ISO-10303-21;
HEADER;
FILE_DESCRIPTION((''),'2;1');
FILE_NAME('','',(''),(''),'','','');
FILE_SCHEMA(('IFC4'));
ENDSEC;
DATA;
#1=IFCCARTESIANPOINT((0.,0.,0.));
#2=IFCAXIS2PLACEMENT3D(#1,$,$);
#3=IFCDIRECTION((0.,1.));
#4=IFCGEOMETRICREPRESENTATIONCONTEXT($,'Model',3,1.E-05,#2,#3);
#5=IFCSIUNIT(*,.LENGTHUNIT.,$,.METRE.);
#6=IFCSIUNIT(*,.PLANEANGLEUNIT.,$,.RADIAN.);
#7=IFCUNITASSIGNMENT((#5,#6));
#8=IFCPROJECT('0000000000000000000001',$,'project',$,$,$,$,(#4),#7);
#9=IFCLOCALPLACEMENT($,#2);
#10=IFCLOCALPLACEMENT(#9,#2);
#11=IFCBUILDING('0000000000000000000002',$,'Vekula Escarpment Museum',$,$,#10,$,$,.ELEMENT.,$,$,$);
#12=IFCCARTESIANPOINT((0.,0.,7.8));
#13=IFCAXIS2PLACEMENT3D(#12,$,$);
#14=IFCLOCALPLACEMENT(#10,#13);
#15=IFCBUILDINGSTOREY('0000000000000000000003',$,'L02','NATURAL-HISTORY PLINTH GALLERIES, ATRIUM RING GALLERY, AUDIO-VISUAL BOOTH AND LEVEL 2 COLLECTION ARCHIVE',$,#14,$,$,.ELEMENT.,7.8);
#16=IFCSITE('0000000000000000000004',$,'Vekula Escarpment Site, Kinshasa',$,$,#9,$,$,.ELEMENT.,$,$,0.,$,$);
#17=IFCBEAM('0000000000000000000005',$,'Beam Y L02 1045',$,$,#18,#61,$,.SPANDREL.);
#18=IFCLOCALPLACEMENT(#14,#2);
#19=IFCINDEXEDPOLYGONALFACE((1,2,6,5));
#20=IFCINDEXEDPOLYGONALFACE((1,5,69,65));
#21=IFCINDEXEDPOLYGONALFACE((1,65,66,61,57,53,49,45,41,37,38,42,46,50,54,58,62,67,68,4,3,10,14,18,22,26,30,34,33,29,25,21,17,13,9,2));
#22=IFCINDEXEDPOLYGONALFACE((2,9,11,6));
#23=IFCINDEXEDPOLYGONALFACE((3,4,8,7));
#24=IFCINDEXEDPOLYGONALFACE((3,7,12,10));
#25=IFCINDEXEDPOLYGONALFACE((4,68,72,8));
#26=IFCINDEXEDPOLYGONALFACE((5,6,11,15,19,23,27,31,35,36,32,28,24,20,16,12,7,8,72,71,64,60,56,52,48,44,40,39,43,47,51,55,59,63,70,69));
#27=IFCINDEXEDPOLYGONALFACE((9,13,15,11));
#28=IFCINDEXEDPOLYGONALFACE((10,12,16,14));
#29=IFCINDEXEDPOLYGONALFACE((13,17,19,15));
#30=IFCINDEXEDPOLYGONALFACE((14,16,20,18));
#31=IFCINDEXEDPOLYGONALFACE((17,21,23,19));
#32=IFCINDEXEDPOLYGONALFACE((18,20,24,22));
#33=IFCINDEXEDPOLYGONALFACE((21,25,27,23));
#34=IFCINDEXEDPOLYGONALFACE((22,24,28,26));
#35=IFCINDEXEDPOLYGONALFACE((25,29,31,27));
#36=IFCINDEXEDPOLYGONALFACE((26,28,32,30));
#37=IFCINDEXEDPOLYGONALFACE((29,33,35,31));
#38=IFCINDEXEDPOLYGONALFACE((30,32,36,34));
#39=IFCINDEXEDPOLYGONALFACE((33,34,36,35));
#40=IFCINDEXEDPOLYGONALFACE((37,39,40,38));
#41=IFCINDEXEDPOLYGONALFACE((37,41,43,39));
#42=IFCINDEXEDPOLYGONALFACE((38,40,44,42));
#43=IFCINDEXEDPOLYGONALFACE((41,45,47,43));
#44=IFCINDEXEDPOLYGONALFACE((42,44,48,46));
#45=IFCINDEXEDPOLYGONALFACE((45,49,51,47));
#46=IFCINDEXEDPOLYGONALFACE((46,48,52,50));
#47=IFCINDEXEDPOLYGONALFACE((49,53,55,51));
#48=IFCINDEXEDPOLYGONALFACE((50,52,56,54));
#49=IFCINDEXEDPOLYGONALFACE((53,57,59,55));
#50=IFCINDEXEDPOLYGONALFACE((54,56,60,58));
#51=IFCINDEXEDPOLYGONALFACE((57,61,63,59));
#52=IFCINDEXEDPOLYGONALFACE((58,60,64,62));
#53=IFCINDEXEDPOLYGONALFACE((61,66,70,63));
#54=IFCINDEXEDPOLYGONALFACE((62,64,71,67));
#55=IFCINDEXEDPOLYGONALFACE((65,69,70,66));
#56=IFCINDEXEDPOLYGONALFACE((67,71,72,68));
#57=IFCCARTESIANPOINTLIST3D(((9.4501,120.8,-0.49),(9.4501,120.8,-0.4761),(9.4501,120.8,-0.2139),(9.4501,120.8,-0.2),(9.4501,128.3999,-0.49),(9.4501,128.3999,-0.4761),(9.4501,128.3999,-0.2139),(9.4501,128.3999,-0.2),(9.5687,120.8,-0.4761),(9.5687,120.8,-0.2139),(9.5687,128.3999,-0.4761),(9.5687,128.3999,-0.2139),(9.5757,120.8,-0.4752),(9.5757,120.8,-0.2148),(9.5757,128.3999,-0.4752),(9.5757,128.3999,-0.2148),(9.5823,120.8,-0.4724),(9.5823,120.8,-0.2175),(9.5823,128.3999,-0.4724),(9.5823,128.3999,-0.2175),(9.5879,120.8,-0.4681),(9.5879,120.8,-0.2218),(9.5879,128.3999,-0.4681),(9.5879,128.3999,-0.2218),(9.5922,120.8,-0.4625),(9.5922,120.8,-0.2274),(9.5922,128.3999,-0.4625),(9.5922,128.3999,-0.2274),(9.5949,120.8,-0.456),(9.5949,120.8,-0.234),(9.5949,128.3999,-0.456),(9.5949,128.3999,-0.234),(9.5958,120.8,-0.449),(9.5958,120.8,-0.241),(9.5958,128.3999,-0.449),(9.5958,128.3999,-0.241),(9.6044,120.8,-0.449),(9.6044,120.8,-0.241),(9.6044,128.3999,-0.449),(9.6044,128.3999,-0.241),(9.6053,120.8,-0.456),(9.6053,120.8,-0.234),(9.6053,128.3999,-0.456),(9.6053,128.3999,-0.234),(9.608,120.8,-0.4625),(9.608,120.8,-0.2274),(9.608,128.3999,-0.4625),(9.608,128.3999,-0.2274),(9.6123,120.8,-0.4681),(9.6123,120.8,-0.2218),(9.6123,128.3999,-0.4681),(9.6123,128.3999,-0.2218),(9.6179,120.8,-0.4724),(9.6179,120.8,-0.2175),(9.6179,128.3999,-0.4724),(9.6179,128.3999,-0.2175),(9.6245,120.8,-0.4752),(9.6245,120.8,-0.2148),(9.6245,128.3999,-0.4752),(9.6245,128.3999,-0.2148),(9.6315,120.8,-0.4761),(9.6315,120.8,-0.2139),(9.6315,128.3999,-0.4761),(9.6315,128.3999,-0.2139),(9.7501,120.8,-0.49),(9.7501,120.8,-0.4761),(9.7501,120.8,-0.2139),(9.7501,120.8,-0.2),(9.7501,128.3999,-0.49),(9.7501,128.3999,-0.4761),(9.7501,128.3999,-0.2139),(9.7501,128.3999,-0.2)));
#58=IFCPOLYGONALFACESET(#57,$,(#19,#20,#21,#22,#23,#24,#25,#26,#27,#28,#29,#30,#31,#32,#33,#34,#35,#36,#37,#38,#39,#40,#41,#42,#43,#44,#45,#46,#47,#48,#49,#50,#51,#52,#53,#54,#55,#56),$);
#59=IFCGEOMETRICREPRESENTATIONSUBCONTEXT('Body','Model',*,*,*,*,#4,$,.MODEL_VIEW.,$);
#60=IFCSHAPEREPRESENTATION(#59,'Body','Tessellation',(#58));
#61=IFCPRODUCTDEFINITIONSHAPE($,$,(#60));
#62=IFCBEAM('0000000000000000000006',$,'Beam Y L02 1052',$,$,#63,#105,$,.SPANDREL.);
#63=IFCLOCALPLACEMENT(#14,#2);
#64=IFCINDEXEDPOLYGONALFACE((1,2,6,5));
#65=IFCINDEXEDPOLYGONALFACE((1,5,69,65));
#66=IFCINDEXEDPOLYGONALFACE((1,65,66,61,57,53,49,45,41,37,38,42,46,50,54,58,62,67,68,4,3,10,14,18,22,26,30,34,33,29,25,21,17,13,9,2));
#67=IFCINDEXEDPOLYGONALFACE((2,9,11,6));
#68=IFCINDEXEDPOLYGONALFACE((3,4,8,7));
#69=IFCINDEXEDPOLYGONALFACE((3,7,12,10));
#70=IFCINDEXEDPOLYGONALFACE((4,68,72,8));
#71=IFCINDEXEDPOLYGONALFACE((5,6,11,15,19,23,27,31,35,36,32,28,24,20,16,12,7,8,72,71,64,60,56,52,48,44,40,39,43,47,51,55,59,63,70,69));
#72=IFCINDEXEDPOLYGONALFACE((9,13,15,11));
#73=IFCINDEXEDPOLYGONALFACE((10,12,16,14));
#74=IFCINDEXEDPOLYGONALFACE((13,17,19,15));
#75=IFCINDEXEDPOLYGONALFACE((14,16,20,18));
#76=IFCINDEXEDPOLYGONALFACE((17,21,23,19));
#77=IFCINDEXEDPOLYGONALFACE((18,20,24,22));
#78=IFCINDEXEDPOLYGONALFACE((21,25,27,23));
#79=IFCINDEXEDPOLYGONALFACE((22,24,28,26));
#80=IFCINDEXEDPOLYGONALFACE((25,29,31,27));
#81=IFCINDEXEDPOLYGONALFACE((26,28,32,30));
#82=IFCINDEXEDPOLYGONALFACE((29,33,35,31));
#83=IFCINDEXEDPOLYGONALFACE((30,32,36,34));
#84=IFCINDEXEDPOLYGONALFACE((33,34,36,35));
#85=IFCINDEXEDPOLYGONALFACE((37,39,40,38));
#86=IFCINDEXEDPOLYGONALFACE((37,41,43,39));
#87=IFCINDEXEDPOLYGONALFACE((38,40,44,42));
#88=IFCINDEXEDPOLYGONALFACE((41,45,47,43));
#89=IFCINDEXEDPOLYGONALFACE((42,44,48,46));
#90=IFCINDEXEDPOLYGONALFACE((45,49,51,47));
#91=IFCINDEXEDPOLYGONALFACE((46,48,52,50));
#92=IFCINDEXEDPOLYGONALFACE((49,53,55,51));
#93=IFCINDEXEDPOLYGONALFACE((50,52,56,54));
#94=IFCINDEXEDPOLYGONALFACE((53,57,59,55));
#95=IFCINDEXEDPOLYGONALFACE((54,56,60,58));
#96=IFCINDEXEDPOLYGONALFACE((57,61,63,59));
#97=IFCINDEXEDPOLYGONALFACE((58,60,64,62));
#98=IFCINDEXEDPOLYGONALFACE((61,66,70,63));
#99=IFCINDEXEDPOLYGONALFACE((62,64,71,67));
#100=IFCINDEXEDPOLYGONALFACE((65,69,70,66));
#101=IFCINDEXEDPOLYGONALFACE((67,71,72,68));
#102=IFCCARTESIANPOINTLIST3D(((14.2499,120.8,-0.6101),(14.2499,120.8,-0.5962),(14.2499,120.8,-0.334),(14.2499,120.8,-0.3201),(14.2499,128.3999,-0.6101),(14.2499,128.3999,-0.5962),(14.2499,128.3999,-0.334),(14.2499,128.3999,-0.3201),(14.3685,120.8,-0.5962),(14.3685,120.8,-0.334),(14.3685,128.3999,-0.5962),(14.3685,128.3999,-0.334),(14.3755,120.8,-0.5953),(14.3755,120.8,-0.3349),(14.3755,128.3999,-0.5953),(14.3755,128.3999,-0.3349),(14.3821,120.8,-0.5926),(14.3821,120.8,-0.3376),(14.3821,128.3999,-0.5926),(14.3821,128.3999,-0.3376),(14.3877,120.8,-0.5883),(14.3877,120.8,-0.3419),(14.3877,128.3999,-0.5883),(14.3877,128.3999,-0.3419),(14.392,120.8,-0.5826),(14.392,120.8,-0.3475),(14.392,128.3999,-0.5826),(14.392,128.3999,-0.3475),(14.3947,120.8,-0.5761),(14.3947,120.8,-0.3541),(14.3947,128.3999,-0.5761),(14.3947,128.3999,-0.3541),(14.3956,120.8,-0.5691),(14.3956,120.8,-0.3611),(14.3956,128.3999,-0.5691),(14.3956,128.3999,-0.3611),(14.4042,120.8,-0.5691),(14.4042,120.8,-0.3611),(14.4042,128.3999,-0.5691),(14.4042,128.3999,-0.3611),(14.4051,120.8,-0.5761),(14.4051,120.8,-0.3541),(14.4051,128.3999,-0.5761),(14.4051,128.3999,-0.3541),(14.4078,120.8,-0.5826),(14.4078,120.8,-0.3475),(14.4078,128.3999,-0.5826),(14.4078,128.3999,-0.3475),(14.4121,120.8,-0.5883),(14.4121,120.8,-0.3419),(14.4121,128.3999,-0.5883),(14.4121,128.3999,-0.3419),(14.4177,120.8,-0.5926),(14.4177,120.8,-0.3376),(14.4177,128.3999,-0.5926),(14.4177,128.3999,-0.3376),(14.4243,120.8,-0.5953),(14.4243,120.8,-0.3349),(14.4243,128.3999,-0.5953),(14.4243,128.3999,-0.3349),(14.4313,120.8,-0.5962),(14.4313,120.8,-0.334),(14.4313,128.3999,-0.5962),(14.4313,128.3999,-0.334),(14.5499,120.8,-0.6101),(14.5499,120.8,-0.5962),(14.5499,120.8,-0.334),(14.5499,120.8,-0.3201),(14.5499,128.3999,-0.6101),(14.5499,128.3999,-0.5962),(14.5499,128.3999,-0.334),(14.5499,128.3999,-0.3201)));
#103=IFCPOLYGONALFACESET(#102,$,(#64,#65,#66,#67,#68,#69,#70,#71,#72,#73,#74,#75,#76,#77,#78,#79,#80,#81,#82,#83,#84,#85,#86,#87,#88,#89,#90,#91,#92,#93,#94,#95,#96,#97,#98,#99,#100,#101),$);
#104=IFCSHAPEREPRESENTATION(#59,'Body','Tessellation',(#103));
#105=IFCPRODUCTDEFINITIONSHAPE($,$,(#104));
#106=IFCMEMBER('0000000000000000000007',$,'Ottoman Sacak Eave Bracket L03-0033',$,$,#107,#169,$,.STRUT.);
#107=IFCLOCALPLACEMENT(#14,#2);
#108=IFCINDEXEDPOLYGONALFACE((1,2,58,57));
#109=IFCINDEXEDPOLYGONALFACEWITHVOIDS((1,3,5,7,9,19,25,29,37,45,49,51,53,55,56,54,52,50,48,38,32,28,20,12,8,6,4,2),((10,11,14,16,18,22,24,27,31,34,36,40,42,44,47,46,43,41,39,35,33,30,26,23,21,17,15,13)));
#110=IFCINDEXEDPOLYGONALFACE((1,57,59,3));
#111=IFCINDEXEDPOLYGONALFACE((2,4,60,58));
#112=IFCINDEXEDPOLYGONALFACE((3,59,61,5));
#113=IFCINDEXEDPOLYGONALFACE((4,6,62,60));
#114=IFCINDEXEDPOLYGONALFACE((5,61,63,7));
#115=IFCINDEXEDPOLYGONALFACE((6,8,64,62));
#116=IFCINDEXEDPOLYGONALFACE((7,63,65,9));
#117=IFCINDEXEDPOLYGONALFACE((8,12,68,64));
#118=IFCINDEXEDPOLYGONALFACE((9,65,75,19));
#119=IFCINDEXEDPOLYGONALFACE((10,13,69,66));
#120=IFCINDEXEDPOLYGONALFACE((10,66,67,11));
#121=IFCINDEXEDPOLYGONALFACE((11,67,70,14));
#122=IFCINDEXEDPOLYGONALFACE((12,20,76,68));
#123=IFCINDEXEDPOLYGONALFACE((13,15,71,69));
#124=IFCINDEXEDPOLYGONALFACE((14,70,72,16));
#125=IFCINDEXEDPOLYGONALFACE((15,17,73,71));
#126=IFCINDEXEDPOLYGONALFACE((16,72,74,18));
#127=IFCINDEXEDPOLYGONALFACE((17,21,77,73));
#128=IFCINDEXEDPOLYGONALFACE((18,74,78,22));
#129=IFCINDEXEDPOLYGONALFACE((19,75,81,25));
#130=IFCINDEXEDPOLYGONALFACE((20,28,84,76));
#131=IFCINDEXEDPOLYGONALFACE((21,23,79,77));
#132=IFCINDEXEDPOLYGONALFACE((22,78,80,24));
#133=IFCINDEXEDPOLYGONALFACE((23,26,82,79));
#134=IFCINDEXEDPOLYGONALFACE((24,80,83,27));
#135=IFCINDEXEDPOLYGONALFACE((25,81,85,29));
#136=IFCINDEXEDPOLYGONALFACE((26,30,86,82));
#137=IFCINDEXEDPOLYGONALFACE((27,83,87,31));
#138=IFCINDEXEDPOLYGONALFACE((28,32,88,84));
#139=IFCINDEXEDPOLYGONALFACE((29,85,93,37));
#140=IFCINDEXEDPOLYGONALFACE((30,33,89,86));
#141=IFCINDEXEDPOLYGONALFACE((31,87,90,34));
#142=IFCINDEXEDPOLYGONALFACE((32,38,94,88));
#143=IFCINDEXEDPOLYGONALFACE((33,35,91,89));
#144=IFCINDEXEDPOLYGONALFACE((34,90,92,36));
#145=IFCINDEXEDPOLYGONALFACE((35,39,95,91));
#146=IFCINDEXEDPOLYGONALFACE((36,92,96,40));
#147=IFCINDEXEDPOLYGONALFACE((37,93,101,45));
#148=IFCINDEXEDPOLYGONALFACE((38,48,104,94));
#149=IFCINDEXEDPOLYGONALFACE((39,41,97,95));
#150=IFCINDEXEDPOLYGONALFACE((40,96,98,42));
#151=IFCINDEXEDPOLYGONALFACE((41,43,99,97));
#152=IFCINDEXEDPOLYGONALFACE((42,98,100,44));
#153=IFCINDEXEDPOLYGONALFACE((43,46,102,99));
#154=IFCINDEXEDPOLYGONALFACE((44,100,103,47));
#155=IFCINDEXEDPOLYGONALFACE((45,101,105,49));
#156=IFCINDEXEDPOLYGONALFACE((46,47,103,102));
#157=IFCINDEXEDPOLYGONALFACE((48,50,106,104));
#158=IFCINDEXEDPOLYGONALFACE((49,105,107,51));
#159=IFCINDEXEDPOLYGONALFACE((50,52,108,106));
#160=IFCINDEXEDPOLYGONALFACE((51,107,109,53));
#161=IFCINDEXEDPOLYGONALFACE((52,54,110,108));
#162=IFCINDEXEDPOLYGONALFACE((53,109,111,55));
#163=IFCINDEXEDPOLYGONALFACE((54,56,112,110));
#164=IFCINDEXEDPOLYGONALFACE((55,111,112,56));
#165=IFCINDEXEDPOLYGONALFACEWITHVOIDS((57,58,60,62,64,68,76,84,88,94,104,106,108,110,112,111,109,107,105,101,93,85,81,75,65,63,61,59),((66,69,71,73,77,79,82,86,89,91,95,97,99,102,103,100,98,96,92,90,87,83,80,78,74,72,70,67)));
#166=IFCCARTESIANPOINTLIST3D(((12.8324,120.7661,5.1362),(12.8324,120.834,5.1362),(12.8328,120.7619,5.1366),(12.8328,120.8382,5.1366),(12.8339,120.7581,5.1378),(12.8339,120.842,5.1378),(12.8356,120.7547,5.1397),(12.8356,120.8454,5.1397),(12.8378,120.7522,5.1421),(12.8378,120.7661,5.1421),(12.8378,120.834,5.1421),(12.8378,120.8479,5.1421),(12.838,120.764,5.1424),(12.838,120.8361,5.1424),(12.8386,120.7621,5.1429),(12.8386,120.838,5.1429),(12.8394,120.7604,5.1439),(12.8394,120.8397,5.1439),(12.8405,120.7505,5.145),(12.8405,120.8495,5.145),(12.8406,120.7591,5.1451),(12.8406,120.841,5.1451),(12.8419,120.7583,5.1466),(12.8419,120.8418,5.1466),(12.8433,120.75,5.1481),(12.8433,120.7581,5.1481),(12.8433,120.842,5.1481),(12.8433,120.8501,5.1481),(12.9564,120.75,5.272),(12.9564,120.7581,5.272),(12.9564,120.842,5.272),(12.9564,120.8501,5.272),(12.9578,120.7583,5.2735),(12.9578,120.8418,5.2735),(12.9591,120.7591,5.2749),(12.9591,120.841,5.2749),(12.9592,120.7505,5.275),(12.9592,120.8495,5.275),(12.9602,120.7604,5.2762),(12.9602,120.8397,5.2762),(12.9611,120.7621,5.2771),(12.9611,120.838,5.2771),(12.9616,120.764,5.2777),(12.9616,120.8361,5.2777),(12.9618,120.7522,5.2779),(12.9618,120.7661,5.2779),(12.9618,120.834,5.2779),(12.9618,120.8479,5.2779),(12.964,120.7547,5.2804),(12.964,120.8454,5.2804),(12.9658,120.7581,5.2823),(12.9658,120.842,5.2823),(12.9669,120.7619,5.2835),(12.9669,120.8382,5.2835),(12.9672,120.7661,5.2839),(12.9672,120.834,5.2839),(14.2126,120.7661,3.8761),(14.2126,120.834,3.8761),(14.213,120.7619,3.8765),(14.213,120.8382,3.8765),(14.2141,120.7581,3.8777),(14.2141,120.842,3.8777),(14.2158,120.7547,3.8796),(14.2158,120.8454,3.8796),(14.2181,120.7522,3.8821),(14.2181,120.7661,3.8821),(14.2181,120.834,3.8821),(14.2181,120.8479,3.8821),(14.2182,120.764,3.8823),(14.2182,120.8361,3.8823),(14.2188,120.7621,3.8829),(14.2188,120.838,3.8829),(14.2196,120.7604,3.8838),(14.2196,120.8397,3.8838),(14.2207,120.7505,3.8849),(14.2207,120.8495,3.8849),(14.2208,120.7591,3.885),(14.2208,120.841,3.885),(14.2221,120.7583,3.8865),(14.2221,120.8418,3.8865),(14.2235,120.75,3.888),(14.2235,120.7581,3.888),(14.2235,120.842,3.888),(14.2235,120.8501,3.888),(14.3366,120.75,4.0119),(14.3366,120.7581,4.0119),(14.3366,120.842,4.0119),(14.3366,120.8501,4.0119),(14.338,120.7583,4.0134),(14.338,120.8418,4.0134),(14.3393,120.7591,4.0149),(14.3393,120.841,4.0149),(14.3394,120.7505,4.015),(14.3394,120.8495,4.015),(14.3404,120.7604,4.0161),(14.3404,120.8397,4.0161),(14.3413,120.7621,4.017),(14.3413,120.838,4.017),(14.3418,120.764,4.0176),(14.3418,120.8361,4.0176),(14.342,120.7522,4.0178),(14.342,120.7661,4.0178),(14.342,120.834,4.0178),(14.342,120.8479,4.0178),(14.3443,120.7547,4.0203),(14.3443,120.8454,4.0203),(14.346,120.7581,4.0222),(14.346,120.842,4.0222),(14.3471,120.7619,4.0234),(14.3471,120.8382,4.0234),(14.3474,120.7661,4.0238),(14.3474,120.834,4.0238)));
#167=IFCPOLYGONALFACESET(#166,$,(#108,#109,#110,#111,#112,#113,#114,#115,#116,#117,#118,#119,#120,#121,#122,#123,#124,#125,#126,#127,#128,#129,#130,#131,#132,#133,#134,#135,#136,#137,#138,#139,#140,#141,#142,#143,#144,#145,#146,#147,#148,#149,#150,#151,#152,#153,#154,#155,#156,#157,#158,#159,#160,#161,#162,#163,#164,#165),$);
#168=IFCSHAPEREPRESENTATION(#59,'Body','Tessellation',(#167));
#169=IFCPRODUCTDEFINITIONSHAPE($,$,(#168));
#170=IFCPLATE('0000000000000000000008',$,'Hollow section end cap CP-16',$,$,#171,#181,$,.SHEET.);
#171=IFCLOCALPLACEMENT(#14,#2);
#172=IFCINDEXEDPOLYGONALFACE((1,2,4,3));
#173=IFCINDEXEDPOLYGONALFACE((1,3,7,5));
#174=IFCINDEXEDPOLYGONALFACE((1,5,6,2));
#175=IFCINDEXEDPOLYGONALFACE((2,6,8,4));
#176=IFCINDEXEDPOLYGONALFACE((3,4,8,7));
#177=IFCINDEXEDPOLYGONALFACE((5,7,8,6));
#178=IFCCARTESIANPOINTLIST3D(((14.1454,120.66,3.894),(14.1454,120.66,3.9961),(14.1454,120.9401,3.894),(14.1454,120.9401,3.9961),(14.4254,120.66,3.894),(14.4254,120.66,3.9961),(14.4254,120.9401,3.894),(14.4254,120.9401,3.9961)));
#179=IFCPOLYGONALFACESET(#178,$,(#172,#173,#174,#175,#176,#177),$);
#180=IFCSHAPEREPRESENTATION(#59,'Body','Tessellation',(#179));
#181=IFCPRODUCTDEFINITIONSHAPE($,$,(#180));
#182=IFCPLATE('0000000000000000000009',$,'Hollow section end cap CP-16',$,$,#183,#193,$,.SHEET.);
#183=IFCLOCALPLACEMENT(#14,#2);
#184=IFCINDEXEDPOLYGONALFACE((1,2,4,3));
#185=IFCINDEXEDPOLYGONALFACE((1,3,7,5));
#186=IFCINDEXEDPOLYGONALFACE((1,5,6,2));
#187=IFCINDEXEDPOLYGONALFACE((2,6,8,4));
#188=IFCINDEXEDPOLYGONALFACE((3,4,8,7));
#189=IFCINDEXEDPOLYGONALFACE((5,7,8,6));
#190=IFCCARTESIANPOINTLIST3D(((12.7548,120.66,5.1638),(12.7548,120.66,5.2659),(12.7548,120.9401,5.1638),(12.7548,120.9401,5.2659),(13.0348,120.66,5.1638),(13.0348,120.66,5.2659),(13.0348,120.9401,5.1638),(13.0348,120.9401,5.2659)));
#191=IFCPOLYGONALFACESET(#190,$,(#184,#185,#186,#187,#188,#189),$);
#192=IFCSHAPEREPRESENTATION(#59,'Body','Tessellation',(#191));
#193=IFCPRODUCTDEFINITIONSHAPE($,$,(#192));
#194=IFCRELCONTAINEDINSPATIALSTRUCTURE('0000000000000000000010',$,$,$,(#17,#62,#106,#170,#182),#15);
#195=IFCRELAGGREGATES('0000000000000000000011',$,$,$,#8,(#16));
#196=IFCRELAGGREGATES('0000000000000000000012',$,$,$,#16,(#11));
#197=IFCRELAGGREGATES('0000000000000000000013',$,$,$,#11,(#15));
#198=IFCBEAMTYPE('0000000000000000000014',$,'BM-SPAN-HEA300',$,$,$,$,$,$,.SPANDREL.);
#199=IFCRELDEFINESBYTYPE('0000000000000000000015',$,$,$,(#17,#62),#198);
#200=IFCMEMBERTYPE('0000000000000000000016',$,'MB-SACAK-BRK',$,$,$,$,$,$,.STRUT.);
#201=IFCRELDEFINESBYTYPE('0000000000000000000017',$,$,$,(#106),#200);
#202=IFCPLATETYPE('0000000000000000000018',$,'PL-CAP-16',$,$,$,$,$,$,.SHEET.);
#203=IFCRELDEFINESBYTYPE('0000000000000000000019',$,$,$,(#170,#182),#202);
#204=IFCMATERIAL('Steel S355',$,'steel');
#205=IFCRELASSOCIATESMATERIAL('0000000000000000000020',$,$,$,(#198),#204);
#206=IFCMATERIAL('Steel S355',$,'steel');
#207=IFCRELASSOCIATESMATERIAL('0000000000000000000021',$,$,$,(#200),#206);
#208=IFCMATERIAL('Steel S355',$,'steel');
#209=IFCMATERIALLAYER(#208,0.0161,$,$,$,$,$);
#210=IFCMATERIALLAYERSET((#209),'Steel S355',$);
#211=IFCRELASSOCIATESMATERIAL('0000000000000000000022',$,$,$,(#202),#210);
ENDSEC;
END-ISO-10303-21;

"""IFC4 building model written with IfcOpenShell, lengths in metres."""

from ifc_helpers import new_model, si_unit, direction, frame, origin, origin_2d, place, context, subcontext, project, spatial, rectangle, hollow_rectangle, i_section, extrude, material, layer, layer_set, material_profile, profile_set, type_object, element, save


model = new_model("IFC4")

# Units and contexts
model_context = context("Model", 3, precision=1e-05, world=origin(), true_north=direction((0.0, 1.0)))
body_context = subcontext(model_context, "Body", "Model", "MODEL_VIEW")
ifc_project = project(units=[si_unit("LENGTHUNIT", "METRE"), si_unit("PLANEANGLEUNIT", "RADIAN")], contexts=[model_context])

# Site, building, storey
site_placement = place(None, origin())
site = spatial("IfcSite", under=ifc_project, at=site_placement, Name="Vekula Escarpment Site, Kinshasa", CompositionType="ELEMENT", RefElevation=0.0)
building_placement = place(site_placement, origin())
building = spatial("IfcBuilding", under=site, at=building_placement, Name="Vekula Escarpment Museum", CompositionType="ELEMENT")
storey_placement = place(building_placement, frame((0.0, 0.0, 7.8)))
storey = spatial("IfcBuildingStorey", under=building, at=storey_placement, Name="L02", Description="NATURAL-HISTORY PLINTH GALLERIES, ATRIUM RING GALLERY, AUDIO-VISUAL BOOTH AND LEVEL 2 COLLECTION ARCHIVE", CompositionType="ELEMENT", Elevation=7.8)

# Beams
ifc_material_1 = material(Name="Steel S355", Category="steel")
ifc_material_profile_1 = material_profile(ifc_material_1, i_section(OverallWidth=0.3, OverallDepth=0.29, WebThickness=0.0085, FlangeThickness=0.0139, FilletRadius=0.0271, at=origin_2d()), Name="HEA 300")
ifc_profile_set_1 = profile_set([ifc_material_profile_1], Name="Steel S355")
beam_type_1 = type_object("IfcBeamType", Name="BM-SPAN-HEA300", PredefinedType="SPANDREL", material=ifc_profile_set_1)
for number, where, z_axis, x_axis, name in (
    (1, (9.6001, 120.8, -0.345), (0.0, 1.0, 0.0), (-1.0, 0.0, 0.0), "Beam Y L02 1045"),
    (2, (14.3999, 120.8, -0.4651), (0.0, 1.0, 0.0), (-1.0, 0.0, 0.0), "Beam Y L02 1052"),
):
    element("IfcBeam", number, at=place(storey_placement, frame(where, z_axis=z_axis, x_axis=x_axis)), inside=storey, type_object=beam_type_1, Name=name, PredefinedType="SPANDREL", context=body_context, shape_type="SweptSolid", body=[
        extrude(i_section(OverallWidth=0.3, OverallDepth=0.29, WebThickness=0.0085, FlangeThickness=0.0139, FilletRadius=0.0271, at=origin_2d()), origin(), (0.0, 0.0, 1.0), 7.5999),
    ])

# Member
ifc_material_2 = material(Name="Steel S355", Category="steel")
ifc_material_profile_2 = material_profile(ifc_material_2, hollow_rectangle(XDim=0.1001, YDim=0.2, WallThickness=0.0081, InnerFilletRadius=0.0081, OuterFilletRadius=0.0161, at=origin_2d()), Name="RHS 200x100x8")
ifc_profile_set_2 = profile_set([ifc_material_profile_2], Name="Steel S355")
member_type = type_object("IfcMemberType", Name="MB-SACAK-BRK", PredefinedType="STRUT", material=ifc_profile_set_2)
member_placement = place(storey_placement, frame((14.28, 120.8, 3.95), z_axis=(-0.738514, 0.0, 0.674238), x_axis=(0.0, -1.0, 0.0)))
element("IfcMember", 3, at=member_placement, inside=storey, type_object=member_type, Name="Ottoman Sacak Eave Bracket L03-0033", PredefinedType="STRUT", context=body_context, shape_type="SweptSolid", body=[
    extrude(hollow_rectangle(XDim=0.1001, YDim=0.2, WallThickness=0.0081, InnerFilletRadius=0.0081, OuterFilletRadius=0.0161, at=origin_2d()), origin(), (0.0, 0.0, 1.0), 1.8689),
])

# Plates
ifc_material_3 = material(Name="Steel S355", Category="steel")
ifc_layer_1 = layer(ifc_material_3, 0.0161)
ifc_layer_set_1 = layer_set([ifc_layer_1], Name="Steel S355")
plate_type = type_object("IfcPlateType", Name="PL-CAP-16", PredefinedType="SHEET", material=ifc_layer_set_1)
for number, where, z_axis, x_axis, name in (
    (4, (14.2854, 120.8, 3.894), (0.0, 0.0, 1.0), (1.0, 0.0, 0.0), "Hollow section end cap CP-16"),
    (5, (12.8948, 120.8, 5.1638), (0.0, 0.0, 1.0), (1.0, 0.0, 0.0), "Hollow section end cap CP-16"),
):
    element("IfcPlate", number, at=place(storey_placement, frame(where, z_axis=z_axis, x_axis=x_axis)), inside=storey, type_object=plate_type, Name=name, PredefinedType="SHEET", context=body_context, shape_type="SweptSolid", body=[
        extrude(rectangle(XDim=0.28, YDim=0.28, at=origin_2d()), origin(), (0.0, 0.0, 1.0), 0.1021),
    ])

save(model, "model.ifc")
